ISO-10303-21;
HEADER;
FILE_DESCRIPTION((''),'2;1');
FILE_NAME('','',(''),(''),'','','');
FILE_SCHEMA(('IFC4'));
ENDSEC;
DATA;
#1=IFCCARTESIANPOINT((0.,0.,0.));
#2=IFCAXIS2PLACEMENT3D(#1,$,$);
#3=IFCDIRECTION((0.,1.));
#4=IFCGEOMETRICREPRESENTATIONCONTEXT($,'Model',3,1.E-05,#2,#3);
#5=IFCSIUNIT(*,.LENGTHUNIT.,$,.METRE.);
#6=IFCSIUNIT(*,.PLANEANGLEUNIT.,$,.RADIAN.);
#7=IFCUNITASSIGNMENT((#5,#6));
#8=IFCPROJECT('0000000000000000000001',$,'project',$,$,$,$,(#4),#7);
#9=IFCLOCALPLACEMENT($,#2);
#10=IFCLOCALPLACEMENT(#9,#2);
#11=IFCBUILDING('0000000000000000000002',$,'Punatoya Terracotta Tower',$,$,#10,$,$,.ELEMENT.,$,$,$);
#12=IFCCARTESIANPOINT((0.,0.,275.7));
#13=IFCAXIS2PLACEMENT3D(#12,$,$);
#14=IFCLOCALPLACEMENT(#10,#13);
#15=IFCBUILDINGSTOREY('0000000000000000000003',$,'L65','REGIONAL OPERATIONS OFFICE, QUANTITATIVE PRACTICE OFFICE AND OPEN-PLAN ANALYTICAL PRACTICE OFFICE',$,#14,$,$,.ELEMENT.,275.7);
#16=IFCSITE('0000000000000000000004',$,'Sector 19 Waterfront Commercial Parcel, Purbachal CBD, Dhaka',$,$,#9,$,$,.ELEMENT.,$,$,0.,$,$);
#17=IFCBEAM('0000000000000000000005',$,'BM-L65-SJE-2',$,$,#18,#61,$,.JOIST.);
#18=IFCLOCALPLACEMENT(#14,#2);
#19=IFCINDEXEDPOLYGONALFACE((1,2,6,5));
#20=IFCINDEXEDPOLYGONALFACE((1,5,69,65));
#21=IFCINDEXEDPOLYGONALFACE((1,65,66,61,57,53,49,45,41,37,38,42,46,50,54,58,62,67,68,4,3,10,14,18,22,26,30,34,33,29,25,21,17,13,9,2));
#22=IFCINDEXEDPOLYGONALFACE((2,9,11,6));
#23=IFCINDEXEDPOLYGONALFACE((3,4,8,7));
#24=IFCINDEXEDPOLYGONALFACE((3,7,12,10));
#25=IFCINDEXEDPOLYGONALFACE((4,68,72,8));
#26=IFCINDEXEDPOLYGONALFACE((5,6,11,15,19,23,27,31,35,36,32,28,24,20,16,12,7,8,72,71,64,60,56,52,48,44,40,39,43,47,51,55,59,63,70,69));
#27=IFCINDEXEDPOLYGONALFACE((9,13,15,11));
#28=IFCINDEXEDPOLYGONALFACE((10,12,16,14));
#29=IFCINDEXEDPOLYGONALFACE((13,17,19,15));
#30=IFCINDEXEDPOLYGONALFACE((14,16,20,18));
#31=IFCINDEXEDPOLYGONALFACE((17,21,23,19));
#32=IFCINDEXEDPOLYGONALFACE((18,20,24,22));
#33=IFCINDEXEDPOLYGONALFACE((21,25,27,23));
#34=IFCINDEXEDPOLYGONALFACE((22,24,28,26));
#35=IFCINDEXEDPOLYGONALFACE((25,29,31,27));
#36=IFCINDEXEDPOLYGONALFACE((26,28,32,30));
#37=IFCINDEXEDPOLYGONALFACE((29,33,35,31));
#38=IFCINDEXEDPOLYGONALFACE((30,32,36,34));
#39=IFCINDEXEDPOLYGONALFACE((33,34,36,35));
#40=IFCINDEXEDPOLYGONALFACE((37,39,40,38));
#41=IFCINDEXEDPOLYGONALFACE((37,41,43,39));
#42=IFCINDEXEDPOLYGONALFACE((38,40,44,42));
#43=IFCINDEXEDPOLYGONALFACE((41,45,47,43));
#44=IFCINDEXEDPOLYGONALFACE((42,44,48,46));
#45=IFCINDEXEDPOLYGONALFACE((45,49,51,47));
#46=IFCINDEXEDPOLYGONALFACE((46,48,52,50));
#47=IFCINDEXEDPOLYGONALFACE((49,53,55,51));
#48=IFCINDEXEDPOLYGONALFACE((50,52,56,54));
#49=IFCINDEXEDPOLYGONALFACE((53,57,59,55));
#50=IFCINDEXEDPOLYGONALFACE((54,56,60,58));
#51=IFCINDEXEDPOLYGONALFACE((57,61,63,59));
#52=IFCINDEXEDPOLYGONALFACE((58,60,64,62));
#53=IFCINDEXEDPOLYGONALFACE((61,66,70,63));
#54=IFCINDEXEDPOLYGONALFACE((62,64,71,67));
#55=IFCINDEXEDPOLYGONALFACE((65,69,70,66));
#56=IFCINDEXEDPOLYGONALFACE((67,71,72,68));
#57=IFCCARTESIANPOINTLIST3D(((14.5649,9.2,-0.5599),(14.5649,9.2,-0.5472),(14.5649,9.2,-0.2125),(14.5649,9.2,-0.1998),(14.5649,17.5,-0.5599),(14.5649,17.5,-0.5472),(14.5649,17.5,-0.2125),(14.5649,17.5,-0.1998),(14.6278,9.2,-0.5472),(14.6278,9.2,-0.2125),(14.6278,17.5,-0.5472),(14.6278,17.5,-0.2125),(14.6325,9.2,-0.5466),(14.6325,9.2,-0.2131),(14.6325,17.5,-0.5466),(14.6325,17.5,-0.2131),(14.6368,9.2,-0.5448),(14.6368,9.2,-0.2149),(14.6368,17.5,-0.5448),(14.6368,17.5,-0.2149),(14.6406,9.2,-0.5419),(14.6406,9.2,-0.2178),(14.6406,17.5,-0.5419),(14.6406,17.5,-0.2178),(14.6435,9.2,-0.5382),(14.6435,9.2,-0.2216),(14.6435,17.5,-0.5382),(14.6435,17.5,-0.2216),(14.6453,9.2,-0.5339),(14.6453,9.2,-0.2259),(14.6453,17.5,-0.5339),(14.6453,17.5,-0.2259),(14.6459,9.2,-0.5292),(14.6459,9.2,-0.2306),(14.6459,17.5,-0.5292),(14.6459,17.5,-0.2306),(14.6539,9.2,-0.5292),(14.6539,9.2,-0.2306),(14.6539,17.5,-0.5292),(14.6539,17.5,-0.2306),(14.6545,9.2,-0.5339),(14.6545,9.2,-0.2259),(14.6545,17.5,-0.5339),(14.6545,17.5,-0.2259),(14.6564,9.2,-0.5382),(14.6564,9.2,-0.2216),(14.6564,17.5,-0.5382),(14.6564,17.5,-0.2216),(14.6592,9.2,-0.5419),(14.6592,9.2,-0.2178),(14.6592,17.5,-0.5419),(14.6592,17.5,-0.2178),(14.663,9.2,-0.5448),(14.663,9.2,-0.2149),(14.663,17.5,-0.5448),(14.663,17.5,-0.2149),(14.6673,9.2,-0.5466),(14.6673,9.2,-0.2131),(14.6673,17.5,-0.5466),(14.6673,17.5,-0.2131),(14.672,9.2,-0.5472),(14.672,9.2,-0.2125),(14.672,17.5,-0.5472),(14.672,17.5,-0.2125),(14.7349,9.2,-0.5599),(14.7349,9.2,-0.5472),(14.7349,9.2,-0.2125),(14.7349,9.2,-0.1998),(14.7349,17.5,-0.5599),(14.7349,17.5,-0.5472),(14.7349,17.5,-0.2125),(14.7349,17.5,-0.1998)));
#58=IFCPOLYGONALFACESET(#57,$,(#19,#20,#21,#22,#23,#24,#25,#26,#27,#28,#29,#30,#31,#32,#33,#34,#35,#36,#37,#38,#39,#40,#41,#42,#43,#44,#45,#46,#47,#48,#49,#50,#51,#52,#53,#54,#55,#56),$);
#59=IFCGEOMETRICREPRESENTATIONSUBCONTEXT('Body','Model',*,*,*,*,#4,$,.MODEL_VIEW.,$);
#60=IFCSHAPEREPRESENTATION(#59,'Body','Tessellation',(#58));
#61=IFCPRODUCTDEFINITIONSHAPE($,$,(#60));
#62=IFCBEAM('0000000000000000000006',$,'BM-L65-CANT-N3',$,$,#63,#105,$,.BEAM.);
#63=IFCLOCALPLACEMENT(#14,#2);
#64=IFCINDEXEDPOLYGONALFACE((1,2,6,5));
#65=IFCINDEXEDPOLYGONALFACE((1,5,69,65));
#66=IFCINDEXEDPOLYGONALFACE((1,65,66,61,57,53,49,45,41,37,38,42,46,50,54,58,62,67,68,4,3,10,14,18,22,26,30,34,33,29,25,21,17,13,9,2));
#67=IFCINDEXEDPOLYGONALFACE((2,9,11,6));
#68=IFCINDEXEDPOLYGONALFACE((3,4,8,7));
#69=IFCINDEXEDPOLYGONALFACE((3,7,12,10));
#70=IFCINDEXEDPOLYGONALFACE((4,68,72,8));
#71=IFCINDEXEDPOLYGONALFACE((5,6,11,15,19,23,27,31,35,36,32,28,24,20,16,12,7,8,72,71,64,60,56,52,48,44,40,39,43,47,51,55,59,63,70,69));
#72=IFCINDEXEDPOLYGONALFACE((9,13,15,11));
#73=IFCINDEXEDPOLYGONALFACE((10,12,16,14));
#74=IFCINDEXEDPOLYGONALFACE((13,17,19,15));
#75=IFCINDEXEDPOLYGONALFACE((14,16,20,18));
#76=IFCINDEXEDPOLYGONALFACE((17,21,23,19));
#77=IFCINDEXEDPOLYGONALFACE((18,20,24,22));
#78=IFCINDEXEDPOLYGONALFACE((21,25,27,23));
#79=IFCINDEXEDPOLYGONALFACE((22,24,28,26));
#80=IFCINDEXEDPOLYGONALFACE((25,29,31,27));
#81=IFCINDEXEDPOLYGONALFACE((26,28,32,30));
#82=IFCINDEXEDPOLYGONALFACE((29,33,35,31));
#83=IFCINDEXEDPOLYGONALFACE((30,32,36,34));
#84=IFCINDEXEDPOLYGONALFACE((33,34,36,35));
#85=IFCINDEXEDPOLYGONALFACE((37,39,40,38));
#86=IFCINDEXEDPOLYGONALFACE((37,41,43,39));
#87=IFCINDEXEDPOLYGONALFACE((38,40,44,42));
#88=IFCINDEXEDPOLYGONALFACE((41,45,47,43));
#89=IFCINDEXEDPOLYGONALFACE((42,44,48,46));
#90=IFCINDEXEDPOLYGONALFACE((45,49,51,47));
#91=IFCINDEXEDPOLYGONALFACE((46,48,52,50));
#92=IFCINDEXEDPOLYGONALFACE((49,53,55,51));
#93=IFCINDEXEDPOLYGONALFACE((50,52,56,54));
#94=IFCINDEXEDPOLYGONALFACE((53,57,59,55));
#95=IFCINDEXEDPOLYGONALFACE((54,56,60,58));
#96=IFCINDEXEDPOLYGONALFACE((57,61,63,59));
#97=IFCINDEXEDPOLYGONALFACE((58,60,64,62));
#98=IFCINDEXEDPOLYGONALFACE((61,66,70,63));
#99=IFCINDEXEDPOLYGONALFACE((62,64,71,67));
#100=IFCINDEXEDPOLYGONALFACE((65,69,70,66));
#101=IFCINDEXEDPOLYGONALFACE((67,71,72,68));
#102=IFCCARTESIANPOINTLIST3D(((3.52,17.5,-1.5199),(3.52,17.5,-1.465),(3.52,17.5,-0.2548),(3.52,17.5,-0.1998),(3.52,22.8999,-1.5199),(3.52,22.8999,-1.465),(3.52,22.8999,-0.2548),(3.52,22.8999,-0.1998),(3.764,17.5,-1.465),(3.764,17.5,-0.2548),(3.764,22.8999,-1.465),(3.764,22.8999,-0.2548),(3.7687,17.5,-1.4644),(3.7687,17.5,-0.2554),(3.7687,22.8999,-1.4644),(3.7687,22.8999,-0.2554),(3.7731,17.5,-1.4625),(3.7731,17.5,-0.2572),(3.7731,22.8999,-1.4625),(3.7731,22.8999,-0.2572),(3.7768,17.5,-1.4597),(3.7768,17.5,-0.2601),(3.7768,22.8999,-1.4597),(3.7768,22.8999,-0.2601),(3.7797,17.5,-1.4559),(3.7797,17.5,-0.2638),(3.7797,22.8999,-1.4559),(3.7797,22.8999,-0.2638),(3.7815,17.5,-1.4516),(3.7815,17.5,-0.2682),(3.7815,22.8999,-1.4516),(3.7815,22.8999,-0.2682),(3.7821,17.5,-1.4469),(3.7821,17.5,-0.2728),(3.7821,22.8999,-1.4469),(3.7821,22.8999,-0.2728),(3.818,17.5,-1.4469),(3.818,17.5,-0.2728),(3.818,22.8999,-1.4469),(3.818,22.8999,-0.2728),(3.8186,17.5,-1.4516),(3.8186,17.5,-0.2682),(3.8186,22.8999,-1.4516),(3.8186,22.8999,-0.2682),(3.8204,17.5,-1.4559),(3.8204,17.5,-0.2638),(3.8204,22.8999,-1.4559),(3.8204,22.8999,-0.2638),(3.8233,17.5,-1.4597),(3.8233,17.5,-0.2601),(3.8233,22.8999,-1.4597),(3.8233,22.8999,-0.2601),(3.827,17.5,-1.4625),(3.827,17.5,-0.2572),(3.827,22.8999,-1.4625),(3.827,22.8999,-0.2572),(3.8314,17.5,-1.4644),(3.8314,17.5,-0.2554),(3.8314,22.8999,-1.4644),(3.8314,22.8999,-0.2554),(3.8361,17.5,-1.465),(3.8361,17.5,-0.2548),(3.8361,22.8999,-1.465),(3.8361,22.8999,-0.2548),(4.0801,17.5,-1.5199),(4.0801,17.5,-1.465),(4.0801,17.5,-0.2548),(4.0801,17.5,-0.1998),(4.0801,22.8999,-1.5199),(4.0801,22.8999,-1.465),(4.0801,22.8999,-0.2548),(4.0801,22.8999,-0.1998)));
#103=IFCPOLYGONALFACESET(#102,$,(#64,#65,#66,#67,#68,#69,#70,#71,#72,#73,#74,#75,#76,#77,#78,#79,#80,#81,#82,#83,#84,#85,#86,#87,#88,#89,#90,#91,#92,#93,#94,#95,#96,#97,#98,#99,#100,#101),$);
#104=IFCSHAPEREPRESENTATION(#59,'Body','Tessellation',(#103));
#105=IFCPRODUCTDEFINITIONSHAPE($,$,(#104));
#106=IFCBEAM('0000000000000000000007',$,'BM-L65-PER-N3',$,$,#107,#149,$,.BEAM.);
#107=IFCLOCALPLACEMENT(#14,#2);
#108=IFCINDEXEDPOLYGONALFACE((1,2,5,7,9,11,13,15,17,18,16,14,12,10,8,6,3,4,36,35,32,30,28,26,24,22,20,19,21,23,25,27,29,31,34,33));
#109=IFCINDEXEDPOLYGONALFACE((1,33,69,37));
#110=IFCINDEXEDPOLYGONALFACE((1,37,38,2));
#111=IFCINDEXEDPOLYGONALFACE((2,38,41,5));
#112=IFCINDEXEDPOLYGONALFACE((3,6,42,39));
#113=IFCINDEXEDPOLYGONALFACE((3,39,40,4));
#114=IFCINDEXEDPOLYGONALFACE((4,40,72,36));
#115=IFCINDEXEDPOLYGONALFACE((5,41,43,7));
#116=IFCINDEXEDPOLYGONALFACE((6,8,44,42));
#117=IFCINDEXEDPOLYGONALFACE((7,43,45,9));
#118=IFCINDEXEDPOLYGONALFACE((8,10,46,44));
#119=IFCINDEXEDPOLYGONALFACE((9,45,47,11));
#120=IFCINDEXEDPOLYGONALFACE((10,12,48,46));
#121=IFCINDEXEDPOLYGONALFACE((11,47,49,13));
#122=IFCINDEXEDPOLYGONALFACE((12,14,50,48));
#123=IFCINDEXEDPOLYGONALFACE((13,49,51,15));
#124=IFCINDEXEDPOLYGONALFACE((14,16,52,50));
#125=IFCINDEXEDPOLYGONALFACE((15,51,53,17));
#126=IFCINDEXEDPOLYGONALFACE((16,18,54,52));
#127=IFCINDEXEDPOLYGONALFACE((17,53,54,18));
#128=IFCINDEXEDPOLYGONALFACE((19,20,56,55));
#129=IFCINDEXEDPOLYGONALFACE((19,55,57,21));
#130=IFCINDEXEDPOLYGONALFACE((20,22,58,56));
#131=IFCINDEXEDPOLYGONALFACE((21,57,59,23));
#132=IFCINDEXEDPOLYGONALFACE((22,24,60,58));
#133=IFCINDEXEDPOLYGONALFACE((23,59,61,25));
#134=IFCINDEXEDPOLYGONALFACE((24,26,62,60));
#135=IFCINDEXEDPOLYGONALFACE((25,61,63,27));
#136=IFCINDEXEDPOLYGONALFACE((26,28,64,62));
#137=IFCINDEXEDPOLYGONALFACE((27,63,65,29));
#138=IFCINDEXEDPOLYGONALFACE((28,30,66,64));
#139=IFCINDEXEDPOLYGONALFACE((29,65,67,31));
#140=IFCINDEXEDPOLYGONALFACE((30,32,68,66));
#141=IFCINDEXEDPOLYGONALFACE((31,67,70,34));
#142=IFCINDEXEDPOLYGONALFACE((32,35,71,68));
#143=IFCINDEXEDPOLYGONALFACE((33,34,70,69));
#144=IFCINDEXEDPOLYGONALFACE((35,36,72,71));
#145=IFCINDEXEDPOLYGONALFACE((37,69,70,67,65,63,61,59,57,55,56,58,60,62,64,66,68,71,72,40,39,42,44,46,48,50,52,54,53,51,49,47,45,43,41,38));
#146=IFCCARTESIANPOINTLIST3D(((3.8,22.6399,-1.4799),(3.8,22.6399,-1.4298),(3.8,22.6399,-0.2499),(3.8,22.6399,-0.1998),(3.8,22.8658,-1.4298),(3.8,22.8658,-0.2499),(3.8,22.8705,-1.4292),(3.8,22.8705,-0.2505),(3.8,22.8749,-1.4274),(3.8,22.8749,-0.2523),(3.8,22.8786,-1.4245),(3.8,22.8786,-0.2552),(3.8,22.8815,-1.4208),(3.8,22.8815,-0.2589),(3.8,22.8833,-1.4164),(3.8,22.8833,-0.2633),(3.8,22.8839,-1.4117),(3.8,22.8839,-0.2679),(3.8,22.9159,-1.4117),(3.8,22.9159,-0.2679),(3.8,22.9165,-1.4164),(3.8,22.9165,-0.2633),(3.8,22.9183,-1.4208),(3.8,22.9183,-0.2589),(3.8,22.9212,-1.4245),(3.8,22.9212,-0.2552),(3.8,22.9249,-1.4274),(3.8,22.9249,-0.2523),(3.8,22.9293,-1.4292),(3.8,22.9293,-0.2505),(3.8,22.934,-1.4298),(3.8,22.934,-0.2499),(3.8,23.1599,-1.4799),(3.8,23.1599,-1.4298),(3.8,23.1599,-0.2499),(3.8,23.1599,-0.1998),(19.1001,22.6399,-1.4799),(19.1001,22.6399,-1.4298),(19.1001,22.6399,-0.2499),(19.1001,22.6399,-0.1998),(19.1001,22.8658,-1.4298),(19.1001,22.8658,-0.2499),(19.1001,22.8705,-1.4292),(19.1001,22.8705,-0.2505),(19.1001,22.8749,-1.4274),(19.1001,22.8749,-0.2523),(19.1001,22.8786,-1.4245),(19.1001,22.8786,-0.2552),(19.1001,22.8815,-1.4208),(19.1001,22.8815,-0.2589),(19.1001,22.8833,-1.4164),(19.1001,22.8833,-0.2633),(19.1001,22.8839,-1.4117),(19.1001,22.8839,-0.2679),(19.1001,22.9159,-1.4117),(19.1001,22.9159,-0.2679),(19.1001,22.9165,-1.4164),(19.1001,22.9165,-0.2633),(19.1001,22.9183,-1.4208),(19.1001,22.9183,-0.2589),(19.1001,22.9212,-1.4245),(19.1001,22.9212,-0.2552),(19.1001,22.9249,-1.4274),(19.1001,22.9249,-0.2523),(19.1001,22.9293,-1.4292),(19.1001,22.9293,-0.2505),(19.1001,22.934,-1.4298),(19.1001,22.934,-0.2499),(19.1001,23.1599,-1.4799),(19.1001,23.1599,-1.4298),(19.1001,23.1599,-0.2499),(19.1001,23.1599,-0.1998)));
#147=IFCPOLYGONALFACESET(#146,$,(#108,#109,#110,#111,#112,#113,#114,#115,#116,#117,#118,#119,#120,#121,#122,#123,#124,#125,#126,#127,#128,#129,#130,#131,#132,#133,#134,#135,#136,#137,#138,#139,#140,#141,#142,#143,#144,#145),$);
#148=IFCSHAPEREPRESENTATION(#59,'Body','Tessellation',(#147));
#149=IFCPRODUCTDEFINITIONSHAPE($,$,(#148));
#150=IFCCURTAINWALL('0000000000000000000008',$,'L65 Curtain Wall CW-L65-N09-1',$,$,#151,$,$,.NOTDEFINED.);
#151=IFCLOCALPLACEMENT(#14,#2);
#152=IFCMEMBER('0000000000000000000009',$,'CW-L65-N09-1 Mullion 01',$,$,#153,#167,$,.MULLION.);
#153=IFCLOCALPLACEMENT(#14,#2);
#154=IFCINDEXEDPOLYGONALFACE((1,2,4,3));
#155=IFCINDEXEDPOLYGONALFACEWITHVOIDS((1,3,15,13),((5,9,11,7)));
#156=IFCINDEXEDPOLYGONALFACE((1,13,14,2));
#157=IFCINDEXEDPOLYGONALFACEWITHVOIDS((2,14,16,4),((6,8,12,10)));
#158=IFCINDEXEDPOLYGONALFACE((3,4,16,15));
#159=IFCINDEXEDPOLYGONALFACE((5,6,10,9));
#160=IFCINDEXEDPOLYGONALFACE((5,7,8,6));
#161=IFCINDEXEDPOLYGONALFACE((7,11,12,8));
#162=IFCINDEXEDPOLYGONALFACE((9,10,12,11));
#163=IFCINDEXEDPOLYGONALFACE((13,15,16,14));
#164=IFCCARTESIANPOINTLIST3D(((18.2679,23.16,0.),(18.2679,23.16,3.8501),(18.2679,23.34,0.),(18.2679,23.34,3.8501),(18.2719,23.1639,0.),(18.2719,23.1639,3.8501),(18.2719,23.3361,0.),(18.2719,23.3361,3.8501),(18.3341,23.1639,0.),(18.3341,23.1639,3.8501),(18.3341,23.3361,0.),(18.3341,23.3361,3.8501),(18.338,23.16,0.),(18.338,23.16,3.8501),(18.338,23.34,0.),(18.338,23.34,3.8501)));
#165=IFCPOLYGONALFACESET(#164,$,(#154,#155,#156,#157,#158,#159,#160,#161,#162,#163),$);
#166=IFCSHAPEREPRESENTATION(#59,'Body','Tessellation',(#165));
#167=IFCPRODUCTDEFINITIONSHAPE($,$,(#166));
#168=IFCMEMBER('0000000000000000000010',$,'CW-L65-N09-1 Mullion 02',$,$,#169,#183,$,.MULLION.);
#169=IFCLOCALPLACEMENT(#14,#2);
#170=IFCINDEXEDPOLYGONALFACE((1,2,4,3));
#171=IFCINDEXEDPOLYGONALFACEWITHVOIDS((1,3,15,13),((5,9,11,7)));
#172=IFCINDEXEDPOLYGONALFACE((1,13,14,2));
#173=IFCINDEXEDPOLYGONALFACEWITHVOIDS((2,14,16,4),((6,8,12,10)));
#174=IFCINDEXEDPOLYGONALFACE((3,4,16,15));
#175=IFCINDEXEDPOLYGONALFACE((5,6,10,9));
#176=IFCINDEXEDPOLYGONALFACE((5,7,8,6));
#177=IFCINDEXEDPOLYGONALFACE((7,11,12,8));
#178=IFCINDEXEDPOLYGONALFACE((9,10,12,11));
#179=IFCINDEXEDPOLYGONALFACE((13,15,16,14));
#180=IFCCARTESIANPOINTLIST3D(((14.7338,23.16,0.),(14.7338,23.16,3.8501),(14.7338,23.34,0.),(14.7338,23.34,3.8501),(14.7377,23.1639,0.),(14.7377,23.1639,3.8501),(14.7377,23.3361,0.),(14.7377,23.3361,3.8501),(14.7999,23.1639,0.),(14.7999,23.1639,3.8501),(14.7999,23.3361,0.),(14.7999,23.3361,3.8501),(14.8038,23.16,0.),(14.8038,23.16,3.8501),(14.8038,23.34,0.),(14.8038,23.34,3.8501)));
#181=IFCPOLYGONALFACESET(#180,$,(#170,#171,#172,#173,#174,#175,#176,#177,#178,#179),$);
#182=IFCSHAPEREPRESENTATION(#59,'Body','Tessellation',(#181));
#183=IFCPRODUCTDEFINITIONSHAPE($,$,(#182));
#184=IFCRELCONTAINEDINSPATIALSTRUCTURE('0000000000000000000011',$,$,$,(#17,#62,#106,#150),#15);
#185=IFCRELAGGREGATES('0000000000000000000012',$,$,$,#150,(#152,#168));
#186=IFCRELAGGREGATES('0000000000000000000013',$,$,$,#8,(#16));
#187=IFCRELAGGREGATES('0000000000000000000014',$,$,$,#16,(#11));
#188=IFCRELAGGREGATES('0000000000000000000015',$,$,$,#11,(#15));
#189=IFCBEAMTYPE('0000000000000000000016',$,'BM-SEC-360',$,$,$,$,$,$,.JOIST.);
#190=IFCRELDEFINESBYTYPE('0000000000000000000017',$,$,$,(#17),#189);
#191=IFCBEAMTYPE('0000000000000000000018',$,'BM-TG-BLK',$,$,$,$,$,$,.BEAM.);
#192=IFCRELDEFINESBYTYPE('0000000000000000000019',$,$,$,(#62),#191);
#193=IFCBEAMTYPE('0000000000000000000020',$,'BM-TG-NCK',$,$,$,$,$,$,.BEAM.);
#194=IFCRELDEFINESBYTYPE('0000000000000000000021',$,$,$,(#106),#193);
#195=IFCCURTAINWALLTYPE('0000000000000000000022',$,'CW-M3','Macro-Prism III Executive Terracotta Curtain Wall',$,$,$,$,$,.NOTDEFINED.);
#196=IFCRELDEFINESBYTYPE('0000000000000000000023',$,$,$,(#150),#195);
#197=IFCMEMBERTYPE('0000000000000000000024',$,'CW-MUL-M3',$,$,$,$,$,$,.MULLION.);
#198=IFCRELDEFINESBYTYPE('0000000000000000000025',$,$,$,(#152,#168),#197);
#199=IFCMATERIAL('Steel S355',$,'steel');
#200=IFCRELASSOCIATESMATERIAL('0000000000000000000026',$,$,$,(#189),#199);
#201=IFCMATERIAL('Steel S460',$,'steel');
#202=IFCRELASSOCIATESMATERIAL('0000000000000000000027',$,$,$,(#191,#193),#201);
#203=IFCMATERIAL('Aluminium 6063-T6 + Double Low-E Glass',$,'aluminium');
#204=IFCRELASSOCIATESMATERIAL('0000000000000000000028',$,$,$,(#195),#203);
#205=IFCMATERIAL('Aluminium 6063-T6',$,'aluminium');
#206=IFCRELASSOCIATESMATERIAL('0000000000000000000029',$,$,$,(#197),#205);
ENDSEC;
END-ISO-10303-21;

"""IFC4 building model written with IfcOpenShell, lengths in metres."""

from ifc_helpers import new_model, si_unit, direction, frame, origin, origin_2d, place, context, subcontext, project, spatial, hollow_rectangle, i_section, extrude, material, material_profile, profile_set, type_object, element, aggregate, save


model = new_model("IFC4")

# Units and contexts
model_context = context("Model", 3, precision=1e-05, world=origin(), true_north=direction((0.0, 1.0)))
body_context = subcontext(model_context, "Body", "Model", "MODEL_VIEW")
ifc_project = project(units=[si_unit("LENGTHUNIT", "METRE"), si_unit("PLANEANGLEUNIT", "RADIAN")], contexts=[model_context])

# Site, building, storey
site_placement = place(None, origin())
site = spatial("IfcSite", under=ifc_project, at=site_placement, Name="Sector 19 Waterfront Commercial Parcel, Purbachal CBD, Dhaka", CompositionType="ELEMENT", RefElevation=0.0)
building_placement = place(site_placement, origin())
building = spatial("IfcBuilding", under=site, at=building_placement, Name="Punatoya Terracotta Tower", CompositionType="ELEMENT")
storey_placement = place(building_placement, frame((0.0, 0.0, 275.7)))
storey = spatial("IfcBuildingStorey", under=building, at=storey_placement, Name="L65", Description="REGIONAL OPERATIONS OFFICE, QUANTITATIVE PRACTICE OFFICE AND OPEN-PLAN ANALYTICAL PRACTICE OFFICE", CompositionType="ELEMENT", Elevation=275.7)

# Shared definitions
ifc_material_1 = material(Name="Steel S460", Category="steel")

# Beams
ifc_material_2 = material(Name="Steel S355", Category="steel")
ifc_material_profile_1 = material_profile(ifc_material_2, i_section(OverallWidth=0.1699, OverallDepth=0.3601, WebThickness=0.0081, FlangeThickness=0.0127, FilletRadius=0.0181, at=origin_2d()))
ifc_profile_set_1 = profile_set([ifc_material_profile_1], Name="Steel S355")
beam_type_1 = type_object("IfcBeamType", Name="BM-SEC-360", PredefinedType="JOIST", material=ifc_profile_set_1)
beam_1_placement = place(storey_placement, frame((14.6499, 9.2, -0.3799), z_axis=(0.0, 1.0, 0.0), x_axis=(-1.0, 0.0, 0.0)))
element("IfcBeam", 1, at=beam_1_placement, inside=storey, type_object=beam_type_1, Name="BM-L65-SJE-2", PredefinedType="JOIST", context=body_context, shape_type="SweptSolid", body=[
    extrude(i_section(OverallWidth=0.1699, OverallDepth=0.3601, WebThickness=0.0081, FlangeThickness=0.0127, FilletRadius=0.0181, at=origin_2d()), origin(), (0.0, 0.0, 1.0), 8.3),
])
ifc_material_profile_2 = material_profile(ifc_material_1, i_section(OverallWidth=0.5601, OverallDepth=1.3201, WebThickness=0.0359, FlangeThickness=0.0549, FilletRadius=0.0181, at=origin_2d()))
ifc_profile_set_2 = profile_set([ifc_material_profile_2], Name="Steel S460")
beam_type_2 = type_object("IfcBeamType", Name="BM-TG-BLK", PredefinedType="BEAM", material=ifc_profile_set_2)
beam_2_placement = place(storey_placement, frame((3.8, 17.5, -0.8599), z_axis=(0.0, 1.0, 0.0), x_axis=(-1.0, 0.0, 0.0)))
element("IfcBeam", 2, at=beam_2_placement, inside=storey, type_object=beam_type_2, Name="BM-L65-CANT-N3", PredefinedType="BEAM", context=body_context, shape_type="SweptSolid", body=[
    extrude(i_section(OverallWidth=0.5601, OverallDepth=1.3201, WebThickness=0.0359, FlangeThickness=0.0549, FilletRadius=0.0181, at=origin_2d()), origin(), (0.0, 0.0, 1.0), 5.3999),
])
ifc_material_profile_3 = material_profile(ifc_material_1, i_section(OverallWidth=0.52, OverallDepth=1.28, WebThickness=0.032, FlangeThickness=0.05, FilletRadius=0.0181, at=origin_2d()))
ifc_profile_set_3 = profile_set([ifc_material_profile_3], Name="Steel S460")
beam_type_3 = type_object("IfcBeamType", Name="BM-TG-NCK", PredefinedType="BEAM", material=ifc_profile_set_3)
beam_3_placement = place(storey_placement, frame((3.8, 22.8999, -0.8398), z_axis=(1.0, 0.0, 0.0), x_axis=(0.0, 1.0, 0.0)))
element("IfcBeam", 3, at=beam_3_placement, inside=storey, type_object=beam_type_3, Name="BM-L65-PER-N3", PredefinedType="BEAM", context=body_context, shape_type="SweptSolid", body=[
    extrude(i_section(OverallWidth=0.52, OverallDepth=1.28, WebThickness=0.032, FlangeThickness=0.05, FilletRadius=0.0181, at=origin_2d()), origin(), (0.0, 0.0, 1.0), 15.3),
])

# Curtain wall, members
ifc_material_3 = material(Name="Aluminium 6063-T6 + Double Low-E Glass", Category="aluminium")
curtain_wall_type = type_object("IfcCurtainWallType", Name="CW-M3", Description="Macro-Prism III Executive Terracotta Curtain Wall", PredefinedType="NOTDEFINED", material=ifc_material_3)
curtain_wall_placement = place(storey_placement, origin())
curtain_wall = element("IfcCurtainWall", 4, at=curtain_wall_placement, inside=storey, type_object=curtain_wall_type, Name="L65 Curtain Wall CW-L65-N09-1", PredefinedType="NOTDEFINED")
ifc_material_4 = material(Name="Aluminium 6063-T6", Category="aluminium")
ifc_material_profile_4 = material_profile(ifc_material_4, hollow_rectangle(XDim=0.0701, YDim=0.1799, WallThickness=0.0039, at=origin_2d()))
ifc_profile_set_4 = profile_set([ifc_material_profile_4], Name="Aluminium 6063-T6")
member_type = type_object("IfcMemberType", Name="CW-MUL-M3", PredefinedType="MULLION", material=ifc_profile_set_4)
member_1_placement = place(storey_placement, frame((18.303, 23.25, 0.0), z_axis=(0.0, 0.0, 1.0), x_axis=(1.0, 0.0, 0.0)))
member_1 = element("IfcMember", 5, at=member_1_placement, type_object=member_type, Name="CW-L65-N09-1 Mullion 01", PredefinedType="MULLION", context=body_context, shape_type="SweptSolid", body=[
    extrude(hollow_rectangle(XDim=0.0701, YDim=0.1799, WallThickness=0.0039, at=origin_2d()), origin(), (0.0, 0.0, 1.0), 3.8501),
])
member_2_placement = place(storey_placement, frame((14.7688, 23.25, 0.0), z_axis=(0.0, 0.0, 1.0), x_axis=(1.0, 0.0, 0.0)))
member_2 = element("IfcMember", 6, at=member_2_placement, type_object=member_type, Name="CW-L65-N09-1 Mullion 02", PredefinedType="MULLION", context=body_context, shape_type="SweptSolid", body=[
    extrude(hollow_rectangle(XDim=0.0701, YDim=0.1799, WallThickness=0.0039, at=origin_2d()), origin(), (0.0, 0.0, 1.0), 3.8501),
])
aggregate(curtain_wall, [member_1, member_2])

save(model, "model.ifc")
